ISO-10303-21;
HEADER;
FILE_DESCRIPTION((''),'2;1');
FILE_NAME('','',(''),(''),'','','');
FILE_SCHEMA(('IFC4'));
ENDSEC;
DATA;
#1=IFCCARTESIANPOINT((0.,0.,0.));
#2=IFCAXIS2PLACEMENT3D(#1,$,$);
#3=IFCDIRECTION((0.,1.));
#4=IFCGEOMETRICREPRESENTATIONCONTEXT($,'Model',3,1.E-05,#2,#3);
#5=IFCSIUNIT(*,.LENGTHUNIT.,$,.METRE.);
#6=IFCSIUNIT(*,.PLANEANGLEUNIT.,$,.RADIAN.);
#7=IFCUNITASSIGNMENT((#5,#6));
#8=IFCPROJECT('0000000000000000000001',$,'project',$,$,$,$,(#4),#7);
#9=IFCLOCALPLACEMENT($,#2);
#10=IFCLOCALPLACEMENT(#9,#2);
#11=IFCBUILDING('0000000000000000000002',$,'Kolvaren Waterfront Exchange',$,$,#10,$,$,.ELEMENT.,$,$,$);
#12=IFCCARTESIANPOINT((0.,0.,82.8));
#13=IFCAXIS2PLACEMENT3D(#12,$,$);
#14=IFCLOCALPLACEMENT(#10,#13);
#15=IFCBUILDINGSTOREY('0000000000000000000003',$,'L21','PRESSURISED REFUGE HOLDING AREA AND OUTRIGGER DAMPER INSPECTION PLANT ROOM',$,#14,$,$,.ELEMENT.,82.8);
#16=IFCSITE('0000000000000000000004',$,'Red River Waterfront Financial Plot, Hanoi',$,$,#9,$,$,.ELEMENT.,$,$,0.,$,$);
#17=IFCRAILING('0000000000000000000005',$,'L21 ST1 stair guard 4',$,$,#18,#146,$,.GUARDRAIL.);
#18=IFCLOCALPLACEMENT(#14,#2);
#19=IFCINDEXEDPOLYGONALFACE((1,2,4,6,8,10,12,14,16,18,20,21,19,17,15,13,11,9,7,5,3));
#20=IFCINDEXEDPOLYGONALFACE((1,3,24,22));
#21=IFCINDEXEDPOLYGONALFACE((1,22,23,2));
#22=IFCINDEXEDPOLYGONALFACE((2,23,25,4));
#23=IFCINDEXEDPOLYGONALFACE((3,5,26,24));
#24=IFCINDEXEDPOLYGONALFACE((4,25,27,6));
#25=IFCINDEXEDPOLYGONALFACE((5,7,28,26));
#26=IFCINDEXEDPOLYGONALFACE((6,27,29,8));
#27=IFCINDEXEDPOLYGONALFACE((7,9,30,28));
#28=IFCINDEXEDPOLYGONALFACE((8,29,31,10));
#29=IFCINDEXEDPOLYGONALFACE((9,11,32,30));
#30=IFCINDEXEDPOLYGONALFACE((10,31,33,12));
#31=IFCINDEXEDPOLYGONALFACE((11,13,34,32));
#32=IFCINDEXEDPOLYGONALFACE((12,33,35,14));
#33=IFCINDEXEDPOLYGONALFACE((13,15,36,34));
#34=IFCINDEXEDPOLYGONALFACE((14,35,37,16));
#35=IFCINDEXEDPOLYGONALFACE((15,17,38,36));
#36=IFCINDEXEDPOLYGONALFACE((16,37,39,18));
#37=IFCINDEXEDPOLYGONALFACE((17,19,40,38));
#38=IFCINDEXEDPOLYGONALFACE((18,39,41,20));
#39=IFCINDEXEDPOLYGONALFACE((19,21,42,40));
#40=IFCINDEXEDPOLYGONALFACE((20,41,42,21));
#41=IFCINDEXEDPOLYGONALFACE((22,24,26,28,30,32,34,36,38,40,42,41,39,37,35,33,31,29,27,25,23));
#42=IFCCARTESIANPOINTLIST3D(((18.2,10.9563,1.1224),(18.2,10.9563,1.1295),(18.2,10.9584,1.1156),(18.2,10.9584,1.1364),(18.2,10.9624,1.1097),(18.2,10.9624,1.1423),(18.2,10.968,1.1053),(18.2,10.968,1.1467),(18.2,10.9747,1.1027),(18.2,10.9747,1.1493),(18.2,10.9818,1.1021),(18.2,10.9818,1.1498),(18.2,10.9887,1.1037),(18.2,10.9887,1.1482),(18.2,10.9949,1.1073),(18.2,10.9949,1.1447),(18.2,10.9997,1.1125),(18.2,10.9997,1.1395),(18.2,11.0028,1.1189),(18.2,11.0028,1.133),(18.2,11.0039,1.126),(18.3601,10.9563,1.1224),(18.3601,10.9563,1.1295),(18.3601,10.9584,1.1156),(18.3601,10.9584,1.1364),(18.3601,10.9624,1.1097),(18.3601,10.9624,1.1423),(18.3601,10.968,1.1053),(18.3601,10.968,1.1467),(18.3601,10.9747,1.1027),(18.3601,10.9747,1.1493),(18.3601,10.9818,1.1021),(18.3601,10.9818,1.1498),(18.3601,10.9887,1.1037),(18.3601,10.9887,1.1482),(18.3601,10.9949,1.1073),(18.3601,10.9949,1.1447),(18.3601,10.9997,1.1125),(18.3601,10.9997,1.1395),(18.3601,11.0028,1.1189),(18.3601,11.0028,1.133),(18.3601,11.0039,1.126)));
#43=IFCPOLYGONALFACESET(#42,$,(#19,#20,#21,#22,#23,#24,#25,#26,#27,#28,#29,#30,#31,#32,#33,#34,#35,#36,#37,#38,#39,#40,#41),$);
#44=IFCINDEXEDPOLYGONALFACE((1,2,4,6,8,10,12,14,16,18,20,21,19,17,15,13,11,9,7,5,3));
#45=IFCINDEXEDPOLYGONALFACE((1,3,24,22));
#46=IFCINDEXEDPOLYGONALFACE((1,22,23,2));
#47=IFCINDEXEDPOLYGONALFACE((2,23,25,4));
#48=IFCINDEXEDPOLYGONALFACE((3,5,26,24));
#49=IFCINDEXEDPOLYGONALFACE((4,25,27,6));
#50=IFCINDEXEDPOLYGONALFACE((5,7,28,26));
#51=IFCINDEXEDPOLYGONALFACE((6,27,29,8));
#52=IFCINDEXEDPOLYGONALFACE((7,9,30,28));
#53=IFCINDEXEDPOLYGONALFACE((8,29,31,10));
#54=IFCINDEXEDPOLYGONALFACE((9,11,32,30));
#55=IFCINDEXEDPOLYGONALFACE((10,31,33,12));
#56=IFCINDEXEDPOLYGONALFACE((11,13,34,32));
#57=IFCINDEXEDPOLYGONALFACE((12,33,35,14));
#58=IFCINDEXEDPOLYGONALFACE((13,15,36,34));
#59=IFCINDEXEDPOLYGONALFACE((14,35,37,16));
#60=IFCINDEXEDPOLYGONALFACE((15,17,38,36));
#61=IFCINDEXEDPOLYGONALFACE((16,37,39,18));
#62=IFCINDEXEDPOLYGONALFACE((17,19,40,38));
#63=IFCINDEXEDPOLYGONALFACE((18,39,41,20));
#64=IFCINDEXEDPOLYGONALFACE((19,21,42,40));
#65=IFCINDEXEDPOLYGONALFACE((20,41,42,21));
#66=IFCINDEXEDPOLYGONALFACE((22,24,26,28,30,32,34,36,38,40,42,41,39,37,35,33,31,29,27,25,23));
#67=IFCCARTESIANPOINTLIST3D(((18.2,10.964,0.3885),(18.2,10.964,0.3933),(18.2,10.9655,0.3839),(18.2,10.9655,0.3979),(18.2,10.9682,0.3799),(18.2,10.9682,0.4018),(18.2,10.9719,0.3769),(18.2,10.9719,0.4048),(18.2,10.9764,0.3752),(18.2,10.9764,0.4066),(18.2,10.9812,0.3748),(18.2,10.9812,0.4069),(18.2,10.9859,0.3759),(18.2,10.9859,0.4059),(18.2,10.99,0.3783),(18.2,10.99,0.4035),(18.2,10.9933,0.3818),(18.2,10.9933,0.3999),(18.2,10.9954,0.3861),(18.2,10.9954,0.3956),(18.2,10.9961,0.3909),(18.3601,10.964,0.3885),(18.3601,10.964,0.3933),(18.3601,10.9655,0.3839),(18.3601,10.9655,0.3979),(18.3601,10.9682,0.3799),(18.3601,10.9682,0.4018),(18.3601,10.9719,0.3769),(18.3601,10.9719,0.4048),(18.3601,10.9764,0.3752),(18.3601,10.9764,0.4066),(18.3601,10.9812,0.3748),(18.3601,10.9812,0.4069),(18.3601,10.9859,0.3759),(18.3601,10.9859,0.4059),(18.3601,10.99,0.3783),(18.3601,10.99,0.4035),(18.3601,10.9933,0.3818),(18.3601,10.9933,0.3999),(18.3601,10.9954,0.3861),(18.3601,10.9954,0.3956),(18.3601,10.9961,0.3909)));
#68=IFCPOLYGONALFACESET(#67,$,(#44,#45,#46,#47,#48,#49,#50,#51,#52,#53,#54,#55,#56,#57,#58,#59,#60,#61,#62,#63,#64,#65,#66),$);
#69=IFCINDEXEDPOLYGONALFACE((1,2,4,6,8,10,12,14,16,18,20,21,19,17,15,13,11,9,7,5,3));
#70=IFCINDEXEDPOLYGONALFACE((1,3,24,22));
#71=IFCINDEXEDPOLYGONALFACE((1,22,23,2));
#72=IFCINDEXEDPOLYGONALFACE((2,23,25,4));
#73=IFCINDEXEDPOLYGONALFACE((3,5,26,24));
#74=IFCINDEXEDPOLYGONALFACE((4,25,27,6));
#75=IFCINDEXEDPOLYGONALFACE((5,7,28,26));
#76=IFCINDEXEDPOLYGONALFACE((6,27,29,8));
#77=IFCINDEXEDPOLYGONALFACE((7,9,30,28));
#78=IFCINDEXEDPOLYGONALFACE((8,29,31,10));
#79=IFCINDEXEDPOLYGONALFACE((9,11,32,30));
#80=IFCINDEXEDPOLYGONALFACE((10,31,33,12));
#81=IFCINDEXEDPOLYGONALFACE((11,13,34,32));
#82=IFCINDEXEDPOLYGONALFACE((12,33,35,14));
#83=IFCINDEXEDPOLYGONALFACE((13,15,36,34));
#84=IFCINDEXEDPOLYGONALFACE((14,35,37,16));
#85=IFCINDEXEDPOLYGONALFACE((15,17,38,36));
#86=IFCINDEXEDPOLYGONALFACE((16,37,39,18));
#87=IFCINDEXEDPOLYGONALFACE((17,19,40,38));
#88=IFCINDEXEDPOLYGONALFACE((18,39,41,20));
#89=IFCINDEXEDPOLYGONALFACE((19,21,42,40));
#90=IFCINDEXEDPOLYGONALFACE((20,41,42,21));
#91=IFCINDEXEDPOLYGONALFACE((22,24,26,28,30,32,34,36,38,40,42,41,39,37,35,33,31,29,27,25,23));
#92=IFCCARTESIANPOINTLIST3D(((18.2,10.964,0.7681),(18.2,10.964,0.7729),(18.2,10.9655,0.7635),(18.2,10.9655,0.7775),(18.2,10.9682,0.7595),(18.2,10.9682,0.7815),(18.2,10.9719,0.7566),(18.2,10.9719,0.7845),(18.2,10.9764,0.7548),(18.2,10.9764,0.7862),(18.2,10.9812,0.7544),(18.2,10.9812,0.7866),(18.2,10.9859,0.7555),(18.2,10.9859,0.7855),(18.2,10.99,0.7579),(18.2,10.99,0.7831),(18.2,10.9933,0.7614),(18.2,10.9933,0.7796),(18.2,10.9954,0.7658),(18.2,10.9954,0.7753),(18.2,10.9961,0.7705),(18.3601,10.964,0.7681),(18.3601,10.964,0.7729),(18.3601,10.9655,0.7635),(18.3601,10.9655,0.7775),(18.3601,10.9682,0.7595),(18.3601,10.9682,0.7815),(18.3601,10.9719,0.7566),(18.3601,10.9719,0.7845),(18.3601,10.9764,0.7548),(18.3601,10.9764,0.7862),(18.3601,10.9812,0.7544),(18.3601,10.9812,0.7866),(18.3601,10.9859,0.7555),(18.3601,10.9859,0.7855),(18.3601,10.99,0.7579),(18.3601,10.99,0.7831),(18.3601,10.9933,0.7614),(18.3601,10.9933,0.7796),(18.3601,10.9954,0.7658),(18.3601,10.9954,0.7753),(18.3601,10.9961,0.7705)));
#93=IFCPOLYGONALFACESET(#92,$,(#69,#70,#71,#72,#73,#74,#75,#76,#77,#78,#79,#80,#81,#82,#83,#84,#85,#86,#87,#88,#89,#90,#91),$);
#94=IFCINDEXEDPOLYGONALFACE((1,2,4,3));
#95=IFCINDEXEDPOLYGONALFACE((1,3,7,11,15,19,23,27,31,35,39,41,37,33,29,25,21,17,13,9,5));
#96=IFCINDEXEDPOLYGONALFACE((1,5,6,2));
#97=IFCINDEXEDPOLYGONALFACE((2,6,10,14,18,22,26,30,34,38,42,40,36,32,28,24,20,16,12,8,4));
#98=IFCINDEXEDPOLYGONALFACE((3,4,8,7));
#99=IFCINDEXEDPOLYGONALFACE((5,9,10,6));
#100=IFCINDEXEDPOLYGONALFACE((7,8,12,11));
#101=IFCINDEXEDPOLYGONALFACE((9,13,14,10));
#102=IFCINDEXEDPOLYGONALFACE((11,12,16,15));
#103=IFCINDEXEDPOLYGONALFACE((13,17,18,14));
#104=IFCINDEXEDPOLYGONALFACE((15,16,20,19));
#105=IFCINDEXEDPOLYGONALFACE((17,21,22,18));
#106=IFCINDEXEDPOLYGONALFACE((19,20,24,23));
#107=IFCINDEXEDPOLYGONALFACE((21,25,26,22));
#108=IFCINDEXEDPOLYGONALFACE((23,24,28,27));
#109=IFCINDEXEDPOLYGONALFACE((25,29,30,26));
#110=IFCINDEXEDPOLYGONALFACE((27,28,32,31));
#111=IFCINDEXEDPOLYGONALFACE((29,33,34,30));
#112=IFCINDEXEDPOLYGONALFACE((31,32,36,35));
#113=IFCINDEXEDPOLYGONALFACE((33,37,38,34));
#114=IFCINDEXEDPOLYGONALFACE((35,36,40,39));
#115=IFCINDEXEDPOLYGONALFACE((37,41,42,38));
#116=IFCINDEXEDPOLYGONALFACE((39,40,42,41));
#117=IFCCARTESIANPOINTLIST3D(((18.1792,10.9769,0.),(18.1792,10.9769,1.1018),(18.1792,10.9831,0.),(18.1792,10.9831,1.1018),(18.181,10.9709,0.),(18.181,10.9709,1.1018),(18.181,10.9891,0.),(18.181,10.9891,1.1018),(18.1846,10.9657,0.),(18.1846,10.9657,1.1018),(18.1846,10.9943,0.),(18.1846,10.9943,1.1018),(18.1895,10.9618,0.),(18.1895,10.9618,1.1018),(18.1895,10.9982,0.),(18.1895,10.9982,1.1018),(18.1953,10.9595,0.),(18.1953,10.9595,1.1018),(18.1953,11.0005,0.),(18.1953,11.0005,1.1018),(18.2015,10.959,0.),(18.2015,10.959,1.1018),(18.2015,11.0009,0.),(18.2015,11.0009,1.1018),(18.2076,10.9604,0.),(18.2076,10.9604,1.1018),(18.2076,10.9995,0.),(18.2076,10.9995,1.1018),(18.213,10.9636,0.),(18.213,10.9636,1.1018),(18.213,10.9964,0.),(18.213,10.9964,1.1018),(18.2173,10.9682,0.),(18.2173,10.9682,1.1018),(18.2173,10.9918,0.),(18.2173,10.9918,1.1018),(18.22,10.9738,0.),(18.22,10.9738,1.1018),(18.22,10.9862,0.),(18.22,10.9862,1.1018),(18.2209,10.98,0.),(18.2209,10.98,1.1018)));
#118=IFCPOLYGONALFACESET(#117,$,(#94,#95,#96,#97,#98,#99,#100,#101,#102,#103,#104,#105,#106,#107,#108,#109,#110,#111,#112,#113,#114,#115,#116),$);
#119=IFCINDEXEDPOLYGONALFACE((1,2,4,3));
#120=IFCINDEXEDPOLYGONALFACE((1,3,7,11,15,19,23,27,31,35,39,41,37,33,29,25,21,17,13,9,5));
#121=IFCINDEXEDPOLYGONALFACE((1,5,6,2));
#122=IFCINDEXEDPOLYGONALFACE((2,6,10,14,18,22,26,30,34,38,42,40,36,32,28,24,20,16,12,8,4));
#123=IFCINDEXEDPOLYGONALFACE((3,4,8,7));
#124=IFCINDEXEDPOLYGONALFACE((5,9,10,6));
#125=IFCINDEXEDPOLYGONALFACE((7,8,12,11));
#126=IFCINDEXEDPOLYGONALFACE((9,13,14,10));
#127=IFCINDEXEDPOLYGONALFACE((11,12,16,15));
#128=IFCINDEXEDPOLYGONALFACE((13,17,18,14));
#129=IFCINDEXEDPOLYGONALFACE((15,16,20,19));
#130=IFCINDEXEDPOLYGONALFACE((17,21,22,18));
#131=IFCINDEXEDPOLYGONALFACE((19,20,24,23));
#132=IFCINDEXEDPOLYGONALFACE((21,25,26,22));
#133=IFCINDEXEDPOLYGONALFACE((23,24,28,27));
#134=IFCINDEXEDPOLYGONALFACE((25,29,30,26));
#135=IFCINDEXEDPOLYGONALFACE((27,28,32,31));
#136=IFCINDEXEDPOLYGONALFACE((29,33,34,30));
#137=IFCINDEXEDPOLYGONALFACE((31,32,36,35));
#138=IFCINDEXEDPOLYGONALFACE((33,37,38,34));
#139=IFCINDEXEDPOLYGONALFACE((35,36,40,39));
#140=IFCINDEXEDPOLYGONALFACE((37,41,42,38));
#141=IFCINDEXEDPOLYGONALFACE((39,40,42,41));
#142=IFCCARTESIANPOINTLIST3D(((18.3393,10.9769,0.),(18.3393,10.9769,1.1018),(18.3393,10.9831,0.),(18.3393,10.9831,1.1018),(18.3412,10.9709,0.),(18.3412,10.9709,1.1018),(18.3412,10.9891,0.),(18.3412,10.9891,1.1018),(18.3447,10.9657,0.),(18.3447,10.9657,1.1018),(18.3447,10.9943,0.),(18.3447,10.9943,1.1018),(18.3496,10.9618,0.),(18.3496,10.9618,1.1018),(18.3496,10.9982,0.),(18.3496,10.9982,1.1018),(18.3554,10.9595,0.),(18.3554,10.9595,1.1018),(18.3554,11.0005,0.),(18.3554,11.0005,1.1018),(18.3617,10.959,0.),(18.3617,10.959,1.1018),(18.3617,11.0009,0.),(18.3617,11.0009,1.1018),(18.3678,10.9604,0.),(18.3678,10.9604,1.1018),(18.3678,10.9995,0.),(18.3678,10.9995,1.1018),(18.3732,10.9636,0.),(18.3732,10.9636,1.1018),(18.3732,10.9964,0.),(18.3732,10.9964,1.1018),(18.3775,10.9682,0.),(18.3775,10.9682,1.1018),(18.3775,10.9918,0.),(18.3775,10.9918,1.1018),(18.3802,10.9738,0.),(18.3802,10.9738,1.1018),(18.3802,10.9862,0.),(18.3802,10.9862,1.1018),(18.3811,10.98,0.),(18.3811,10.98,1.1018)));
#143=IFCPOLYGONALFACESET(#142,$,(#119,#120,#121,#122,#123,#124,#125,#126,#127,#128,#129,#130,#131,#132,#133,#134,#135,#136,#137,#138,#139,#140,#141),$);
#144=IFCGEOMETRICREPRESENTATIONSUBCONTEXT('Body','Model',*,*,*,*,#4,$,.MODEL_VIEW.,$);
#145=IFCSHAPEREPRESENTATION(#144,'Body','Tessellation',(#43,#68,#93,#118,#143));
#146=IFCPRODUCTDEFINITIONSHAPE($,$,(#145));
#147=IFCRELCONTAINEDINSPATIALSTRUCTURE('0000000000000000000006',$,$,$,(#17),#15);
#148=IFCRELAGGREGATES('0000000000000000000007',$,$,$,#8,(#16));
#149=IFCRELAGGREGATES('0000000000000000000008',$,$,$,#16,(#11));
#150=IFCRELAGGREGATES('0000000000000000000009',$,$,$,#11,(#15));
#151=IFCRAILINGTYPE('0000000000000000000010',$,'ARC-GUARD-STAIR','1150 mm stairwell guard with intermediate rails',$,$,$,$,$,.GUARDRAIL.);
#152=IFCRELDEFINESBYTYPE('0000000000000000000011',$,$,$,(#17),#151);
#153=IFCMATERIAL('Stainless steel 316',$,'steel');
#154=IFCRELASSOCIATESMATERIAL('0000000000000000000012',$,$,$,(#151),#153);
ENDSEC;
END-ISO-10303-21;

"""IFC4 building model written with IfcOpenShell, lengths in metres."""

from ifc_helpers import new_model, si_unit, direction, frame, origin, origin_2d, place, context, subcontext, project, spatial, circle, extrude, material, type_object, element, save


model = new_model("IFC4")

# Units and contexts
model_context = context("Model", 3, precision=1e-05, world=origin(), true_north=direction((0.0, 1.0)))
body_context = subcontext(model_context, "Body", "Model", "MODEL_VIEW")
ifc_project = project(units=[si_unit("LENGTHUNIT", "METRE"), si_unit("PLANEANGLEUNIT", "RADIAN")], contexts=[model_context])

# Site, building, storey
site_placement = place(None, origin())
site = spatial("IfcSite", under=ifc_project, at=site_placement, Name="Red River Waterfront Financial Plot, Hanoi", CompositionType="ELEMENT", RefElevation=0.0)
building_placement = place(site_placement, origin())
building = spatial("IfcBuilding", under=site, at=building_placement, Name="Kolvaren Waterfront Exchange", CompositionType="ELEMENT")
storey_placement = place(building_placement, frame((0.0, 0.0, 82.8)))
storey = spatial("IfcBuildingStorey", under=building, at=storey_placement, Name="L21", Description="PRESSURISED REFUGE HOLDING AREA AND OUTRIGGER DAMPER INSPECTION PLANT ROOM", CompositionType="ELEMENT", Elevation=82.8)

# Railing
ifc_material_1 = material(Name="Stainless steel 316", Category="steel")
railing_type_1 = type_object("IfcRailingType", Name="ARC-GUARD-STAIR", Description="1150 mm stairwell guard with intermediate rails", PredefinedType="GUARDRAIL", material=ifc_material_1)
railing_1_placement = place(storey_placement, frame((18.2, 10.98, 0.0)))
element("IfcRailing", 1, at=railing_1_placement, inside=storey, type_object=railing_type_1, Name="L21 ST1 stair guard 4", PredefinedType="GUARDRAIL", context=body_context, shape_type="SweptSolid", body=[
    extrude(circle(Radius=0.0239, at=origin_2d()), frame((0.0, 0.0, 1.126), z_axis=(1.0, 0.0, 0.0), x_axis=(0.0, 1.0, 0.0)), (0.0, 0.0, 1.0), 0.1602),
    extrude(circle(Radius=0.0161, at=origin_2d()), frame((0.0, 0.0, 0.3909), z_axis=(1.0, 0.0, 0.0), x_axis=(0.0, 1.0, 0.0)), (0.0, 0.0, 1.0), 0.1602),
    extrude(circle(Radius=0.0161, at=origin_2d()), frame((0.0, 0.0, 0.7705), z_axis=(1.0, 0.0, 0.0), x_axis=(0.0, 1.0, 0.0)), (0.0, 0.0, 1.0), 0.1602),
    extrude(circle(Radius=0.021, at=origin_2d()), origin(), (0.0, 0.0, 1.0), 1.1018),
    extrude(circle(Radius=0.021, at=origin_2d()), frame((0.1602, 0.0, 0.0)), (0.0, 0.0, 1.0), 1.1018),
])

save(model, "model.ifc")
